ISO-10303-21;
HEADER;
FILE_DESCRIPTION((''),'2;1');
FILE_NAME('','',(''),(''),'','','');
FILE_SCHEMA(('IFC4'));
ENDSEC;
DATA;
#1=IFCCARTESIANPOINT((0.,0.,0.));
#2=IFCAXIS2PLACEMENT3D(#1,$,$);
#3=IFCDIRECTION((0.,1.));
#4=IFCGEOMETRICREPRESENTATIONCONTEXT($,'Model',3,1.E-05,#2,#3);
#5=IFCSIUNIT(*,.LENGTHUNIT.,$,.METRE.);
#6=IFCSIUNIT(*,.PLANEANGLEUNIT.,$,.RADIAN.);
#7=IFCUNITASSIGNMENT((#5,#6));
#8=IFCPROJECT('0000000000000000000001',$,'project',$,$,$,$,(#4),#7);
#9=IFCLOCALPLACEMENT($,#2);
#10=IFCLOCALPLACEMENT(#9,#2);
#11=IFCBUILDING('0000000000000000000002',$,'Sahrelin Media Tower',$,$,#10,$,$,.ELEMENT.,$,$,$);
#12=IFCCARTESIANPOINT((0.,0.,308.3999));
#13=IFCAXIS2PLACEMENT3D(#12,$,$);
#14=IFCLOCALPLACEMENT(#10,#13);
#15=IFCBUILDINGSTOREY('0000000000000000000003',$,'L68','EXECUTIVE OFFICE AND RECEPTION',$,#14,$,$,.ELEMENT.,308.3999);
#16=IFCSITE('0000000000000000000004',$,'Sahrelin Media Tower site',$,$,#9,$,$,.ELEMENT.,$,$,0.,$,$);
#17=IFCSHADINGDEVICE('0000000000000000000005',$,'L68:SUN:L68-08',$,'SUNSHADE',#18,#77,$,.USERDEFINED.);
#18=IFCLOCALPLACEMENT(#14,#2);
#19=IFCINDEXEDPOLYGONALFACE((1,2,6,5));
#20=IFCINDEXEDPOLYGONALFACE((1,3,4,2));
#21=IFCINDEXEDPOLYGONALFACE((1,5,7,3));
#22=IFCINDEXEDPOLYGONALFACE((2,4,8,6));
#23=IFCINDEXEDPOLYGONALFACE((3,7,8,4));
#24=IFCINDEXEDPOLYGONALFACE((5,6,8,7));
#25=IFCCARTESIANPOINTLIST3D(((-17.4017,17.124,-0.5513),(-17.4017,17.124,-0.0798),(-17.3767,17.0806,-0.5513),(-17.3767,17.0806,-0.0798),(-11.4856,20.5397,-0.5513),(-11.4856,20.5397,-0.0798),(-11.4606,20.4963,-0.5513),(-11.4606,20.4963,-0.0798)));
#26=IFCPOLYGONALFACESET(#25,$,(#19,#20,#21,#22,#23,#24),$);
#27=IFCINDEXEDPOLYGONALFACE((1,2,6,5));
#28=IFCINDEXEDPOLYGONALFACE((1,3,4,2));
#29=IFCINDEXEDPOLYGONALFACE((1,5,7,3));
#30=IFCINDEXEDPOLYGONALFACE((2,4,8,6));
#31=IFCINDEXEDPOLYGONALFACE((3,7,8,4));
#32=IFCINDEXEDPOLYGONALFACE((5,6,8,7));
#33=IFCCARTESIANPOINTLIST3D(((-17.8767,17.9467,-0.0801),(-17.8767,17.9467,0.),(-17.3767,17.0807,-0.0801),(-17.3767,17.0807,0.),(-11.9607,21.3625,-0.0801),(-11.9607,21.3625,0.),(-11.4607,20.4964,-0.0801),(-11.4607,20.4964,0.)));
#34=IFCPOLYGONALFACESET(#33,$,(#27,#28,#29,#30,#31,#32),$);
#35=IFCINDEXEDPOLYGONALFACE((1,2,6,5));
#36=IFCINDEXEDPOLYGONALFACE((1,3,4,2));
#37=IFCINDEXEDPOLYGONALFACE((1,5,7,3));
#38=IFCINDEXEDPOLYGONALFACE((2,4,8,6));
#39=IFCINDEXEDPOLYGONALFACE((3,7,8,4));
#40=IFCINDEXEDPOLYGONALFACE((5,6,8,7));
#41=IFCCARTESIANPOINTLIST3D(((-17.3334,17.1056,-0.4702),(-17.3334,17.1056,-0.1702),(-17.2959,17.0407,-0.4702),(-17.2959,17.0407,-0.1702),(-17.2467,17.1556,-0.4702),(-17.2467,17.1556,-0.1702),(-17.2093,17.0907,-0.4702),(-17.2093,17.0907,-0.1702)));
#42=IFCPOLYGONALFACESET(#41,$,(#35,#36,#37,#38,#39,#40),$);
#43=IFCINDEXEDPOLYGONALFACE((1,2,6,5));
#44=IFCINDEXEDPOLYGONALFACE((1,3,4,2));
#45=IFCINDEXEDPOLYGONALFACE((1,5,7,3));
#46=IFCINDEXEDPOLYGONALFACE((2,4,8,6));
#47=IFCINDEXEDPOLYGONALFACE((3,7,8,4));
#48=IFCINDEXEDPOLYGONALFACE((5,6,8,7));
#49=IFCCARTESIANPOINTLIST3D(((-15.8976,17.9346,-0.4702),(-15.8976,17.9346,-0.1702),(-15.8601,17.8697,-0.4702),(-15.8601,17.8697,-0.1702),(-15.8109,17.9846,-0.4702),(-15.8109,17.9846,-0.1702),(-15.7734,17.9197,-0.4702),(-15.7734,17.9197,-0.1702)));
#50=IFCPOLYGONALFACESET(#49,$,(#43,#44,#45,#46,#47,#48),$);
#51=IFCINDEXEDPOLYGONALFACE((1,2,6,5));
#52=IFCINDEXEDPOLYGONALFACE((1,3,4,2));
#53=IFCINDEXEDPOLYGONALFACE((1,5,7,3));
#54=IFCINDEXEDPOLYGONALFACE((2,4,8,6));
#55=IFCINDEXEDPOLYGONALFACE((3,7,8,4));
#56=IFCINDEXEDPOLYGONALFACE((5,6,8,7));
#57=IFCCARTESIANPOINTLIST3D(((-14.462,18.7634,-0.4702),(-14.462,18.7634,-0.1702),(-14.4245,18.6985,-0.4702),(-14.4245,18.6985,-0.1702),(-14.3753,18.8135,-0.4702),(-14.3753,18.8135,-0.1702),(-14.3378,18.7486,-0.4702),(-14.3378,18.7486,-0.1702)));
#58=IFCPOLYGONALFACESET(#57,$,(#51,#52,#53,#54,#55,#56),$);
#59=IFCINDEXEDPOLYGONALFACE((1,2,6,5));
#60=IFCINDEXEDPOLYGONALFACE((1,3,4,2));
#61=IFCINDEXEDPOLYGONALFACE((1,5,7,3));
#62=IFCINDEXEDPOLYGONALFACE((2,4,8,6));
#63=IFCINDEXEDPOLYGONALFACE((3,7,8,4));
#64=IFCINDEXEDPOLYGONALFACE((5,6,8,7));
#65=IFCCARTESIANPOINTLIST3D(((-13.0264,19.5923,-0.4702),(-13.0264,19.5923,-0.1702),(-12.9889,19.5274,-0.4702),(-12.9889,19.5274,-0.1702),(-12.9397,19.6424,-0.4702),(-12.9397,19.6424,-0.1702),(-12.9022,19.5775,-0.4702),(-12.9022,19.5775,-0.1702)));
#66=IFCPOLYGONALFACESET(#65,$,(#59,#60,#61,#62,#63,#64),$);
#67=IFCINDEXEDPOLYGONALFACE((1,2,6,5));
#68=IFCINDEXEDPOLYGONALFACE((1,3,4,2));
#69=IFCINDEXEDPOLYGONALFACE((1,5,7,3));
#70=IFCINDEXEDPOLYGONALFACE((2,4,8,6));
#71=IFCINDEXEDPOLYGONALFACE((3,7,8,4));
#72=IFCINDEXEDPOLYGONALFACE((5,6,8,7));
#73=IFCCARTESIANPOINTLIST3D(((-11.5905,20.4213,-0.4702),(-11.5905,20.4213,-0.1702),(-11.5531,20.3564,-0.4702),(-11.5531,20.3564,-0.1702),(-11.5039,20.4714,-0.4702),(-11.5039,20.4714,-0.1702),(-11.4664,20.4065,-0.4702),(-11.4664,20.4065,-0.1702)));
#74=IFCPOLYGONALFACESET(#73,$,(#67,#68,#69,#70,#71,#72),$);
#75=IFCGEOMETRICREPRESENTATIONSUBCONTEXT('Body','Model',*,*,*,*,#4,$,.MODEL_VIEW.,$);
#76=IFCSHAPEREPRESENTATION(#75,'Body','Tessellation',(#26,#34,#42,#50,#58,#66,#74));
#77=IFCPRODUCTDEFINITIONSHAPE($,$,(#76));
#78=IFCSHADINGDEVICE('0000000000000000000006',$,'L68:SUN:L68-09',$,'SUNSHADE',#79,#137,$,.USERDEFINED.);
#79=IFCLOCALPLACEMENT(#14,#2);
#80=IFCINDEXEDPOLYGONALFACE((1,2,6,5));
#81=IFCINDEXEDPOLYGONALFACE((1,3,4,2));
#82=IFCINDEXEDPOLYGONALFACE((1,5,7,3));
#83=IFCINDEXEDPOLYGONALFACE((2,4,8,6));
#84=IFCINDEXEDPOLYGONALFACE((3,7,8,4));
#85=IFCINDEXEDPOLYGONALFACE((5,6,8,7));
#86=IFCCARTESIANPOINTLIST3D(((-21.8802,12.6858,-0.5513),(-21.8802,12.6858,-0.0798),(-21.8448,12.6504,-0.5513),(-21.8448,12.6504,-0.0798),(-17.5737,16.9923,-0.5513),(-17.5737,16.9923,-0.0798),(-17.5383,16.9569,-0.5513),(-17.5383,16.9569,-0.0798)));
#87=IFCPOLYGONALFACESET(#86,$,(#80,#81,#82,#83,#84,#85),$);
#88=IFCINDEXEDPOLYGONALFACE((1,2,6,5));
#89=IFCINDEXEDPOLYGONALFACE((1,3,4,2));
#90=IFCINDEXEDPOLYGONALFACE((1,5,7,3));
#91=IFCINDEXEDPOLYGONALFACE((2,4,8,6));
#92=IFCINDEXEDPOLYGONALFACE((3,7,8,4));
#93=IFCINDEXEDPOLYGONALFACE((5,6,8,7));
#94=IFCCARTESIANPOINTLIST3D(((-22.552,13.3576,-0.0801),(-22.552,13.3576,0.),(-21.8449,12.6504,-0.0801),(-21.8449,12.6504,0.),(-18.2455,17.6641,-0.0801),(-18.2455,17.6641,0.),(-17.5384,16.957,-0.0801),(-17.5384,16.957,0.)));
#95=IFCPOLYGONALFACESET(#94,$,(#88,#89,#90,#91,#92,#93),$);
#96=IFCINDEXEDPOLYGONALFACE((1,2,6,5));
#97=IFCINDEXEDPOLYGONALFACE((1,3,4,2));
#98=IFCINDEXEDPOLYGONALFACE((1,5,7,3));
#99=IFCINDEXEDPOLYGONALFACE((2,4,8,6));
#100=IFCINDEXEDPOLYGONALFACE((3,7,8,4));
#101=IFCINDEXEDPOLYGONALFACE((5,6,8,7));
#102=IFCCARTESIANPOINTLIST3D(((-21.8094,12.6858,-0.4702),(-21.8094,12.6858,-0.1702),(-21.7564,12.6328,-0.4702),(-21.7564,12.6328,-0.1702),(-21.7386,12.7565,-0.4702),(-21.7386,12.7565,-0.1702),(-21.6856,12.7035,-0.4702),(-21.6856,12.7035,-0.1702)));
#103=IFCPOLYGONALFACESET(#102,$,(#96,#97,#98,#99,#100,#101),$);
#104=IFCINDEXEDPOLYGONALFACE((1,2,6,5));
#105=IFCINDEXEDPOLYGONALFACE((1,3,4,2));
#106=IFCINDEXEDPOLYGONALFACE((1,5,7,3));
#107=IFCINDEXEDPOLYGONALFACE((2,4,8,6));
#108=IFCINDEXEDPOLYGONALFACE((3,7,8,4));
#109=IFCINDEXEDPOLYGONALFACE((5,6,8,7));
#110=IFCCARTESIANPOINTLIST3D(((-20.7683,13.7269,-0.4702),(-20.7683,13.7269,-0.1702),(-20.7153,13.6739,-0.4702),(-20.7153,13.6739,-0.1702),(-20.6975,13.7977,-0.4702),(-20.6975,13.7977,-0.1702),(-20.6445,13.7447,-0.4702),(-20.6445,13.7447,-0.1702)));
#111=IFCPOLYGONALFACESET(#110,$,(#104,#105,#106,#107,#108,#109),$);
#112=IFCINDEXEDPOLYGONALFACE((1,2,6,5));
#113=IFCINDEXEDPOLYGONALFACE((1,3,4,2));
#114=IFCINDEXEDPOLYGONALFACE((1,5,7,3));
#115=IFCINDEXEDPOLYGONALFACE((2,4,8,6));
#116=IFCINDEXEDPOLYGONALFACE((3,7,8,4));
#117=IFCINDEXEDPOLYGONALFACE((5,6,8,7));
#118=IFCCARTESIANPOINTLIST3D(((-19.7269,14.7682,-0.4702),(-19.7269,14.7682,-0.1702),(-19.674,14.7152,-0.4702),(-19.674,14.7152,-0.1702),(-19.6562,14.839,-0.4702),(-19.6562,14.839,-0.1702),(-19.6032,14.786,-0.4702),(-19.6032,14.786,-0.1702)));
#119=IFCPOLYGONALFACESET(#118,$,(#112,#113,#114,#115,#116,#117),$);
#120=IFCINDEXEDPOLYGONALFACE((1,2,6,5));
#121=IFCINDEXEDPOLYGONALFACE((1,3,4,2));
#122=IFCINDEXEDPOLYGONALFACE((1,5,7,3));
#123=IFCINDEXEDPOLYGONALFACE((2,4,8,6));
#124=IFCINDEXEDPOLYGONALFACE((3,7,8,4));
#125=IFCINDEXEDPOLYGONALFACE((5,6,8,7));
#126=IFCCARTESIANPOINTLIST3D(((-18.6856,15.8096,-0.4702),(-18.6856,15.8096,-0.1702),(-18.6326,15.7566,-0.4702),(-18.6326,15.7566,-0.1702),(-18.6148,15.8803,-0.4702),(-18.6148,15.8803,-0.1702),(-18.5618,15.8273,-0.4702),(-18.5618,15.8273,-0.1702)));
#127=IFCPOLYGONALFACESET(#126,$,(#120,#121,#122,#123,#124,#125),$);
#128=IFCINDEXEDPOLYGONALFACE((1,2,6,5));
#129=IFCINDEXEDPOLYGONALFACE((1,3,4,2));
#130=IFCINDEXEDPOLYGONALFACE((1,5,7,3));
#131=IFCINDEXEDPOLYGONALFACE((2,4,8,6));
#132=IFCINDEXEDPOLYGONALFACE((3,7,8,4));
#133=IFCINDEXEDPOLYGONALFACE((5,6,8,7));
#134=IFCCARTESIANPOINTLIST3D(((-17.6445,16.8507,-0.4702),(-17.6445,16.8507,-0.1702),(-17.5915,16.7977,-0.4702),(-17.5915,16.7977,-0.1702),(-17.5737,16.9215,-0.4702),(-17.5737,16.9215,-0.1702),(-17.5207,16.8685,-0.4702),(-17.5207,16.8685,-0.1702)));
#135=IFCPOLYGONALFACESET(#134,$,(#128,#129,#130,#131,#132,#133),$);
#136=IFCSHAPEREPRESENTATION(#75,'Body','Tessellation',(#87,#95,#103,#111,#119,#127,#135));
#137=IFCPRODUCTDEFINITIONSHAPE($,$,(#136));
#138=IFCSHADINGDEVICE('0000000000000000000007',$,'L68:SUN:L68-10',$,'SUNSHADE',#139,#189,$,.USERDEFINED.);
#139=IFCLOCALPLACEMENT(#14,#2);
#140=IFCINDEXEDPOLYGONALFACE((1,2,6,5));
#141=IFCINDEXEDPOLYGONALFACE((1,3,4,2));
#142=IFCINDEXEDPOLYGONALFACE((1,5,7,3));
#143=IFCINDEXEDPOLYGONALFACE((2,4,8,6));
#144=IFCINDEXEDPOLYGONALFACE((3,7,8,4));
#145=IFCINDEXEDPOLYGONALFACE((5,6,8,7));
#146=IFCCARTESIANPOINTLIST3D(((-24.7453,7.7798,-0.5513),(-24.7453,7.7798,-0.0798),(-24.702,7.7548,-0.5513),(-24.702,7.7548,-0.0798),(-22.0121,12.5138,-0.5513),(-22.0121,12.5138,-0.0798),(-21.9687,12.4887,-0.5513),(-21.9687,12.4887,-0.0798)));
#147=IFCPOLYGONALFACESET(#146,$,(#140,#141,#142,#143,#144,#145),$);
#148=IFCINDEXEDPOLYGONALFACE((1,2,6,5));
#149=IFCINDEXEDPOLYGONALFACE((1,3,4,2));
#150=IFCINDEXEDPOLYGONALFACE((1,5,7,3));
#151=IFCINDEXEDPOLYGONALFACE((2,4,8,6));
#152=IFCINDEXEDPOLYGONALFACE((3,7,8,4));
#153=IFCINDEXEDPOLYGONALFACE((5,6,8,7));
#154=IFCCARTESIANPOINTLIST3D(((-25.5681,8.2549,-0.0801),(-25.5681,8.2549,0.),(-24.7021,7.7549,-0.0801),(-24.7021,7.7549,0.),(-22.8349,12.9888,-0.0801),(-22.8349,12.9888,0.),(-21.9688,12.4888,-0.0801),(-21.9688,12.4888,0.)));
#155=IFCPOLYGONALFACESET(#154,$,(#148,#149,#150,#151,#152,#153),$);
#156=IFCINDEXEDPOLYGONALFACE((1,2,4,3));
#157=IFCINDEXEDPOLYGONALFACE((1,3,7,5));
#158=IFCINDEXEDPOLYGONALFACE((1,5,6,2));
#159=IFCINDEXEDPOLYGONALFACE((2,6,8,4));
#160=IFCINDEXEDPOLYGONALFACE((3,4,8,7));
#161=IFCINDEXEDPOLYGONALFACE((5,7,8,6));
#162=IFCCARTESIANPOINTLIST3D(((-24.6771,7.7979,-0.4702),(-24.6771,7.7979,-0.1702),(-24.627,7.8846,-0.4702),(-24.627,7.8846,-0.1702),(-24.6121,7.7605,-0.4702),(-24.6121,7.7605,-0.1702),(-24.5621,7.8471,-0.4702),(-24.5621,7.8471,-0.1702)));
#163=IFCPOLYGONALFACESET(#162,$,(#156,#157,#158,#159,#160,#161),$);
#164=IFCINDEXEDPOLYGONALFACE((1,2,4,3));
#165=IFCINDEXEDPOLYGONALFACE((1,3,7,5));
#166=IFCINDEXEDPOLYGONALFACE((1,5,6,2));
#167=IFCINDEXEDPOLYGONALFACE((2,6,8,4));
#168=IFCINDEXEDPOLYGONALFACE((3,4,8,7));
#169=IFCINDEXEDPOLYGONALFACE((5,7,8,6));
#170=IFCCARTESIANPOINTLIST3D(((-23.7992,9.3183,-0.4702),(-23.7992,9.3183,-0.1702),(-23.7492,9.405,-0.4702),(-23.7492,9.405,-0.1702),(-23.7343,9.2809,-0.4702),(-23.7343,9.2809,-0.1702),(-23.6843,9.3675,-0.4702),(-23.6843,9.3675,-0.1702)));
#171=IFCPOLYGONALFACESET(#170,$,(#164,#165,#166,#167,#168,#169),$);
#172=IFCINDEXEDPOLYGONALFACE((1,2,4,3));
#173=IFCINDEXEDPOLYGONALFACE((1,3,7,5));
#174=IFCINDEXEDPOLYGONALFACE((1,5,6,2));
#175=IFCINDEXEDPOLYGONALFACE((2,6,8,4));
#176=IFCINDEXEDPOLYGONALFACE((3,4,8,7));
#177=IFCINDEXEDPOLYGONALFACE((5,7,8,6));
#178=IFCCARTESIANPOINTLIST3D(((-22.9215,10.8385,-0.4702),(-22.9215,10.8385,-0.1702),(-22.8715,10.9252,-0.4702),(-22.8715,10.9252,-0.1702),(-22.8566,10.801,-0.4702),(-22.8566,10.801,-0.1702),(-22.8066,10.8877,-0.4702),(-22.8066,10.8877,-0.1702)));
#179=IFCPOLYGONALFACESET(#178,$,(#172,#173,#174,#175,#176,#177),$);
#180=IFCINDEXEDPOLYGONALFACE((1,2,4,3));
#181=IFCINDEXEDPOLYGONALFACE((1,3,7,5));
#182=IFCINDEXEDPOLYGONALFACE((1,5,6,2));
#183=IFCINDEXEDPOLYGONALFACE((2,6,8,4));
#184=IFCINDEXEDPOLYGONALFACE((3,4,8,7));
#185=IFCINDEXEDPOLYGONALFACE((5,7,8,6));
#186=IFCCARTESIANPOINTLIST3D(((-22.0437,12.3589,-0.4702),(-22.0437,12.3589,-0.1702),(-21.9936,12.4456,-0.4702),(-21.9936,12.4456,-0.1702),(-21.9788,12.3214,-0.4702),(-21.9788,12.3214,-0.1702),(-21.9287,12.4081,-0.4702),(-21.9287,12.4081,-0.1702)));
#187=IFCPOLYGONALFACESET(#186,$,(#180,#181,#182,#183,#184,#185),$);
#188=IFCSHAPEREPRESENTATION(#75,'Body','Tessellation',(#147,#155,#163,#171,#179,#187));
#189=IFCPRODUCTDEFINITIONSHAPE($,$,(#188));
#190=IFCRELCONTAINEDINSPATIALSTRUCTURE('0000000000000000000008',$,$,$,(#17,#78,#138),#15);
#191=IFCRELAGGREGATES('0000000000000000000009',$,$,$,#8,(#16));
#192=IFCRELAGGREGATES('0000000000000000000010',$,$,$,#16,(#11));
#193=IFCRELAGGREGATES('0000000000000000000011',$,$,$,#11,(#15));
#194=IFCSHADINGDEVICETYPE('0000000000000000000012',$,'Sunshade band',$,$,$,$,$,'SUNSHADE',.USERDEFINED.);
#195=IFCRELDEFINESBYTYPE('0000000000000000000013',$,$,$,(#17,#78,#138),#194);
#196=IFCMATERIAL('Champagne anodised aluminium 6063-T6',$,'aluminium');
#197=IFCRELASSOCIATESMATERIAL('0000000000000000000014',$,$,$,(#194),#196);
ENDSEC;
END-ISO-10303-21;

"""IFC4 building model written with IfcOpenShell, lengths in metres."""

from ifc_helpers import new_model, si_unit, direction, frame, origin, origin_2d, place, context, subcontext, project, spatial, rectangle, extrude, material, type_object, element, save


model = new_model("IFC4")

# Units and contexts
model_context = context("Model", 3, precision=1e-05, world=origin(), true_north=direction((0.0, 1.0)))
body_context = subcontext(model_context, "Body", "Model", "MODEL_VIEW")
ifc_project = project(units=[si_unit("LENGTHUNIT", "METRE"), si_unit("PLANEANGLEUNIT", "RADIAN")], contexts=[model_context])

# Site, building, storey
site_placement = place(None, origin())
site = spatial("IfcSite", under=ifc_project, at=site_placement, Name="Sahrelin Media Tower site", CompositionType="ELEMENT", RefElevation=0.0)
building_placement = place(site_placement, origin())
building = spatial("IfcBuilding", under=site, at=building_placement, Name="Sahrelin Media Tower", CompositionType="ELEMENT")
storey_placement = place(building_placement, frame((0.0, 0.0, 308.3999)))
storey = spatial("IfcBuildingStorey", under=building, at=storey_placement, Name="L68", Description="EXECUTIVE OFFICE AND RECEPTION", CompositionType="ELEMENT", Elevation=308.3999)

# Shared definitions
ifc_material_1 = material(Name="Champagne anodised aluminium 6063-T6", Category="aluminium")

# Shading devices
placement_1 = place(storey_placement, frame((-14.4087, 18.7712, 0.0), z_axis=(0.0, 0.0, 1.0), x_axis=(0.866019, 0.500011, 0.0)))
placement_2 = place(storey_placement, frame((-19.6775, 14.7896, 0.0), z_axis=(0.0, 0.0, 1.0), x_axis=(0.707107, 0.707107, 0.0)))
placement_3 = place(storey_placement, frame((-23.3181, 10.1118, 0.0), z_axis=(0.0, 0.0, 1.0), x_axis=(0.500011, 0.866019, 0.0)))
shading_device_type_1 = type_object("IfcShadingDeviceType", Name="Sunshade band", ElementType="SUNSHADE", PredefinedType="USERDEFINED", material=ifc_material_1)
element("IfcShadingDevice", 1, at=placement_1, inside=storey, type_object=shading_device_type_1, Name="L68:SUN:L68-08", ObjectType="SUNSHADE", PredefinedType="USERDEFINED", context=body_context, shape_type="SweptSolid", body=[
    extrude(rectangle(XDim=6.8313, YDim=0.05, at=origin_2d()), frame((0.0, 0.0449, -0.5513)), (0.0, 0.0, 1.0), 0.4714),
    extrude(rectangle(XDim=6.8313, YDim=1.0, at=origin_2d()), frame((0.0, 0.52, -0.0801)), (0.0, 0.0, 1.0), 0.0801),
    extrude(rectangle(XDim=0.1001, YDim=0.075, at=origin_2d()), frame((-3.3157, -0.0176, -0.4702)), (0.0, 0.0, 1.0), 0.3),
    extrude(rectangle(XDim=0.1001, YDim=0.075, at=origin_2d()), frame((-1.6577, -0.0176, -0.4702)), (0.0, 0.0, 1.0), 0.3),
    extrude(rectangle(XDim=0.1001, YDim=0.075, at=origin_2d()), frame((0.0, -0.0176, -0.4702)), (0.0, 0.0, 1.0), 0.3),
    extrude(rectangle(XDim=0.1001, YDim=0.075, at=origin_2d()), frame((1.6577, -0.0176, -0.4702)), (0.0, 0.0, 1.0), 0.3),
    extrude(rectangle(XDim=0.1001, YDim=0.075, at=origin_2d()), frame((3.3157, -0.0176, -0.4702)), (0.0, 0.0, 1.0), 0.3),
])
element("IfcShadingDevice", 2, at=placement_2, inside=storey, type_object=shading_device_type_1, Name="L68:SUN:L68-09", ObjectType="SUNSHADE", PredefinedType="USERDEFINED", context=body_context, shape_type="SweptSolid", body=[
    extrude(rectangle(XDim=6.0903, YDim=0.05, at=origin_2d()), frame((0.0, 0.0449, -0.5513)), (0.0, 0.0, 1.0), 0.4714),
    extrude(rectangle(XDim=6.0903, YDim=1.0, at=origin_2d()), frame((0.0, 0.52, -0.0801)), (0.0, 0.0, 1.0), 0.0801),
    extrude(rectangle(XDim=0.1001, YDim=0.075, at=origin_2d()), frame((-2.9451, -0.0176, -0.4702)), (0.0, 0.0, 1.0), 0.3),
    extrude(rectangle(XDim=0.1001, YDim=0.075, at=origin_2d()), frame((-1.4727, -0.0176, -0.4702)), (0.0, 0.0, 1.0), 0.3),
    extrude(rectangle(XDim=0.1001, YDim=0.075, at=origin_2d()), frame((0.0, -0.0176, -0.4702)), (0.0, 0.0, 1.0), 0.3),
    extrude(rectangle(XDim=0.1001, YDim=0.075, at=origin_2d()), frame((1.4727, -0.0176, -0.4702)), (0.0, 0.0, 1.0), 0.3),
    extrude(rectangle(XDim=0.1001, YDim=0.075, at=origin_2d()), frame((2.9451, -0.0176, -0.4702)), (0.0, 0.0, 1.0), 0.3),
])
element("IfcShadingDevice", 3, at=placement_3, inside=storey, type_object=shading_device_type_1, Name="L68:SUN:L68-10", ObjectType="SUNSHADE", PredefinedType="USERDEFINED", context=body_context, shape_type="SweptSolid", body=[
    extrude(rectangle(XDim=5.4663, YDim=0.05, at=origin_2d()), frame((0.0, 0.0449, -0.5513)), (0.0, 0.0, 1.0), 0.4714),
    extrude(rectangle(XDim=5.4663, YDim=1.0, at=origin_2d()), frame((0.0, 0.52, -0.0801)), (0.0, 0.0, 1.0), 0.0801),
    extrude(rectangle(XDim=0.1001, YDim=0.075, at=origin_2d()), frame((-2.6333, -0.0176, -0.4702)), (0.0, 0.0, 1.0), 0.3),
    extrude(rectangle(XDim=0.1001, YDim=0.075, at=origin_2d()), frame((-0.8777, -0.0176, -0.4702)), (0.0, 0.0, 1.0), 0.3),
    extrude(rectangle(XDim=0.1001, YDim=0.075, at=origin_2d()), frame((0.8777, -0.0176, -0.4702)), (0.0, 0.0, 1.0), 0.3),
    extrude(rectangle(XDim=0.1001, YDim=0.075, at=origin_2d()), frame((2.6333, -0.0176, -0.4702)), (0.0, 0.0, 1.0), 0.3),
])

save(model, "model.ifc")
